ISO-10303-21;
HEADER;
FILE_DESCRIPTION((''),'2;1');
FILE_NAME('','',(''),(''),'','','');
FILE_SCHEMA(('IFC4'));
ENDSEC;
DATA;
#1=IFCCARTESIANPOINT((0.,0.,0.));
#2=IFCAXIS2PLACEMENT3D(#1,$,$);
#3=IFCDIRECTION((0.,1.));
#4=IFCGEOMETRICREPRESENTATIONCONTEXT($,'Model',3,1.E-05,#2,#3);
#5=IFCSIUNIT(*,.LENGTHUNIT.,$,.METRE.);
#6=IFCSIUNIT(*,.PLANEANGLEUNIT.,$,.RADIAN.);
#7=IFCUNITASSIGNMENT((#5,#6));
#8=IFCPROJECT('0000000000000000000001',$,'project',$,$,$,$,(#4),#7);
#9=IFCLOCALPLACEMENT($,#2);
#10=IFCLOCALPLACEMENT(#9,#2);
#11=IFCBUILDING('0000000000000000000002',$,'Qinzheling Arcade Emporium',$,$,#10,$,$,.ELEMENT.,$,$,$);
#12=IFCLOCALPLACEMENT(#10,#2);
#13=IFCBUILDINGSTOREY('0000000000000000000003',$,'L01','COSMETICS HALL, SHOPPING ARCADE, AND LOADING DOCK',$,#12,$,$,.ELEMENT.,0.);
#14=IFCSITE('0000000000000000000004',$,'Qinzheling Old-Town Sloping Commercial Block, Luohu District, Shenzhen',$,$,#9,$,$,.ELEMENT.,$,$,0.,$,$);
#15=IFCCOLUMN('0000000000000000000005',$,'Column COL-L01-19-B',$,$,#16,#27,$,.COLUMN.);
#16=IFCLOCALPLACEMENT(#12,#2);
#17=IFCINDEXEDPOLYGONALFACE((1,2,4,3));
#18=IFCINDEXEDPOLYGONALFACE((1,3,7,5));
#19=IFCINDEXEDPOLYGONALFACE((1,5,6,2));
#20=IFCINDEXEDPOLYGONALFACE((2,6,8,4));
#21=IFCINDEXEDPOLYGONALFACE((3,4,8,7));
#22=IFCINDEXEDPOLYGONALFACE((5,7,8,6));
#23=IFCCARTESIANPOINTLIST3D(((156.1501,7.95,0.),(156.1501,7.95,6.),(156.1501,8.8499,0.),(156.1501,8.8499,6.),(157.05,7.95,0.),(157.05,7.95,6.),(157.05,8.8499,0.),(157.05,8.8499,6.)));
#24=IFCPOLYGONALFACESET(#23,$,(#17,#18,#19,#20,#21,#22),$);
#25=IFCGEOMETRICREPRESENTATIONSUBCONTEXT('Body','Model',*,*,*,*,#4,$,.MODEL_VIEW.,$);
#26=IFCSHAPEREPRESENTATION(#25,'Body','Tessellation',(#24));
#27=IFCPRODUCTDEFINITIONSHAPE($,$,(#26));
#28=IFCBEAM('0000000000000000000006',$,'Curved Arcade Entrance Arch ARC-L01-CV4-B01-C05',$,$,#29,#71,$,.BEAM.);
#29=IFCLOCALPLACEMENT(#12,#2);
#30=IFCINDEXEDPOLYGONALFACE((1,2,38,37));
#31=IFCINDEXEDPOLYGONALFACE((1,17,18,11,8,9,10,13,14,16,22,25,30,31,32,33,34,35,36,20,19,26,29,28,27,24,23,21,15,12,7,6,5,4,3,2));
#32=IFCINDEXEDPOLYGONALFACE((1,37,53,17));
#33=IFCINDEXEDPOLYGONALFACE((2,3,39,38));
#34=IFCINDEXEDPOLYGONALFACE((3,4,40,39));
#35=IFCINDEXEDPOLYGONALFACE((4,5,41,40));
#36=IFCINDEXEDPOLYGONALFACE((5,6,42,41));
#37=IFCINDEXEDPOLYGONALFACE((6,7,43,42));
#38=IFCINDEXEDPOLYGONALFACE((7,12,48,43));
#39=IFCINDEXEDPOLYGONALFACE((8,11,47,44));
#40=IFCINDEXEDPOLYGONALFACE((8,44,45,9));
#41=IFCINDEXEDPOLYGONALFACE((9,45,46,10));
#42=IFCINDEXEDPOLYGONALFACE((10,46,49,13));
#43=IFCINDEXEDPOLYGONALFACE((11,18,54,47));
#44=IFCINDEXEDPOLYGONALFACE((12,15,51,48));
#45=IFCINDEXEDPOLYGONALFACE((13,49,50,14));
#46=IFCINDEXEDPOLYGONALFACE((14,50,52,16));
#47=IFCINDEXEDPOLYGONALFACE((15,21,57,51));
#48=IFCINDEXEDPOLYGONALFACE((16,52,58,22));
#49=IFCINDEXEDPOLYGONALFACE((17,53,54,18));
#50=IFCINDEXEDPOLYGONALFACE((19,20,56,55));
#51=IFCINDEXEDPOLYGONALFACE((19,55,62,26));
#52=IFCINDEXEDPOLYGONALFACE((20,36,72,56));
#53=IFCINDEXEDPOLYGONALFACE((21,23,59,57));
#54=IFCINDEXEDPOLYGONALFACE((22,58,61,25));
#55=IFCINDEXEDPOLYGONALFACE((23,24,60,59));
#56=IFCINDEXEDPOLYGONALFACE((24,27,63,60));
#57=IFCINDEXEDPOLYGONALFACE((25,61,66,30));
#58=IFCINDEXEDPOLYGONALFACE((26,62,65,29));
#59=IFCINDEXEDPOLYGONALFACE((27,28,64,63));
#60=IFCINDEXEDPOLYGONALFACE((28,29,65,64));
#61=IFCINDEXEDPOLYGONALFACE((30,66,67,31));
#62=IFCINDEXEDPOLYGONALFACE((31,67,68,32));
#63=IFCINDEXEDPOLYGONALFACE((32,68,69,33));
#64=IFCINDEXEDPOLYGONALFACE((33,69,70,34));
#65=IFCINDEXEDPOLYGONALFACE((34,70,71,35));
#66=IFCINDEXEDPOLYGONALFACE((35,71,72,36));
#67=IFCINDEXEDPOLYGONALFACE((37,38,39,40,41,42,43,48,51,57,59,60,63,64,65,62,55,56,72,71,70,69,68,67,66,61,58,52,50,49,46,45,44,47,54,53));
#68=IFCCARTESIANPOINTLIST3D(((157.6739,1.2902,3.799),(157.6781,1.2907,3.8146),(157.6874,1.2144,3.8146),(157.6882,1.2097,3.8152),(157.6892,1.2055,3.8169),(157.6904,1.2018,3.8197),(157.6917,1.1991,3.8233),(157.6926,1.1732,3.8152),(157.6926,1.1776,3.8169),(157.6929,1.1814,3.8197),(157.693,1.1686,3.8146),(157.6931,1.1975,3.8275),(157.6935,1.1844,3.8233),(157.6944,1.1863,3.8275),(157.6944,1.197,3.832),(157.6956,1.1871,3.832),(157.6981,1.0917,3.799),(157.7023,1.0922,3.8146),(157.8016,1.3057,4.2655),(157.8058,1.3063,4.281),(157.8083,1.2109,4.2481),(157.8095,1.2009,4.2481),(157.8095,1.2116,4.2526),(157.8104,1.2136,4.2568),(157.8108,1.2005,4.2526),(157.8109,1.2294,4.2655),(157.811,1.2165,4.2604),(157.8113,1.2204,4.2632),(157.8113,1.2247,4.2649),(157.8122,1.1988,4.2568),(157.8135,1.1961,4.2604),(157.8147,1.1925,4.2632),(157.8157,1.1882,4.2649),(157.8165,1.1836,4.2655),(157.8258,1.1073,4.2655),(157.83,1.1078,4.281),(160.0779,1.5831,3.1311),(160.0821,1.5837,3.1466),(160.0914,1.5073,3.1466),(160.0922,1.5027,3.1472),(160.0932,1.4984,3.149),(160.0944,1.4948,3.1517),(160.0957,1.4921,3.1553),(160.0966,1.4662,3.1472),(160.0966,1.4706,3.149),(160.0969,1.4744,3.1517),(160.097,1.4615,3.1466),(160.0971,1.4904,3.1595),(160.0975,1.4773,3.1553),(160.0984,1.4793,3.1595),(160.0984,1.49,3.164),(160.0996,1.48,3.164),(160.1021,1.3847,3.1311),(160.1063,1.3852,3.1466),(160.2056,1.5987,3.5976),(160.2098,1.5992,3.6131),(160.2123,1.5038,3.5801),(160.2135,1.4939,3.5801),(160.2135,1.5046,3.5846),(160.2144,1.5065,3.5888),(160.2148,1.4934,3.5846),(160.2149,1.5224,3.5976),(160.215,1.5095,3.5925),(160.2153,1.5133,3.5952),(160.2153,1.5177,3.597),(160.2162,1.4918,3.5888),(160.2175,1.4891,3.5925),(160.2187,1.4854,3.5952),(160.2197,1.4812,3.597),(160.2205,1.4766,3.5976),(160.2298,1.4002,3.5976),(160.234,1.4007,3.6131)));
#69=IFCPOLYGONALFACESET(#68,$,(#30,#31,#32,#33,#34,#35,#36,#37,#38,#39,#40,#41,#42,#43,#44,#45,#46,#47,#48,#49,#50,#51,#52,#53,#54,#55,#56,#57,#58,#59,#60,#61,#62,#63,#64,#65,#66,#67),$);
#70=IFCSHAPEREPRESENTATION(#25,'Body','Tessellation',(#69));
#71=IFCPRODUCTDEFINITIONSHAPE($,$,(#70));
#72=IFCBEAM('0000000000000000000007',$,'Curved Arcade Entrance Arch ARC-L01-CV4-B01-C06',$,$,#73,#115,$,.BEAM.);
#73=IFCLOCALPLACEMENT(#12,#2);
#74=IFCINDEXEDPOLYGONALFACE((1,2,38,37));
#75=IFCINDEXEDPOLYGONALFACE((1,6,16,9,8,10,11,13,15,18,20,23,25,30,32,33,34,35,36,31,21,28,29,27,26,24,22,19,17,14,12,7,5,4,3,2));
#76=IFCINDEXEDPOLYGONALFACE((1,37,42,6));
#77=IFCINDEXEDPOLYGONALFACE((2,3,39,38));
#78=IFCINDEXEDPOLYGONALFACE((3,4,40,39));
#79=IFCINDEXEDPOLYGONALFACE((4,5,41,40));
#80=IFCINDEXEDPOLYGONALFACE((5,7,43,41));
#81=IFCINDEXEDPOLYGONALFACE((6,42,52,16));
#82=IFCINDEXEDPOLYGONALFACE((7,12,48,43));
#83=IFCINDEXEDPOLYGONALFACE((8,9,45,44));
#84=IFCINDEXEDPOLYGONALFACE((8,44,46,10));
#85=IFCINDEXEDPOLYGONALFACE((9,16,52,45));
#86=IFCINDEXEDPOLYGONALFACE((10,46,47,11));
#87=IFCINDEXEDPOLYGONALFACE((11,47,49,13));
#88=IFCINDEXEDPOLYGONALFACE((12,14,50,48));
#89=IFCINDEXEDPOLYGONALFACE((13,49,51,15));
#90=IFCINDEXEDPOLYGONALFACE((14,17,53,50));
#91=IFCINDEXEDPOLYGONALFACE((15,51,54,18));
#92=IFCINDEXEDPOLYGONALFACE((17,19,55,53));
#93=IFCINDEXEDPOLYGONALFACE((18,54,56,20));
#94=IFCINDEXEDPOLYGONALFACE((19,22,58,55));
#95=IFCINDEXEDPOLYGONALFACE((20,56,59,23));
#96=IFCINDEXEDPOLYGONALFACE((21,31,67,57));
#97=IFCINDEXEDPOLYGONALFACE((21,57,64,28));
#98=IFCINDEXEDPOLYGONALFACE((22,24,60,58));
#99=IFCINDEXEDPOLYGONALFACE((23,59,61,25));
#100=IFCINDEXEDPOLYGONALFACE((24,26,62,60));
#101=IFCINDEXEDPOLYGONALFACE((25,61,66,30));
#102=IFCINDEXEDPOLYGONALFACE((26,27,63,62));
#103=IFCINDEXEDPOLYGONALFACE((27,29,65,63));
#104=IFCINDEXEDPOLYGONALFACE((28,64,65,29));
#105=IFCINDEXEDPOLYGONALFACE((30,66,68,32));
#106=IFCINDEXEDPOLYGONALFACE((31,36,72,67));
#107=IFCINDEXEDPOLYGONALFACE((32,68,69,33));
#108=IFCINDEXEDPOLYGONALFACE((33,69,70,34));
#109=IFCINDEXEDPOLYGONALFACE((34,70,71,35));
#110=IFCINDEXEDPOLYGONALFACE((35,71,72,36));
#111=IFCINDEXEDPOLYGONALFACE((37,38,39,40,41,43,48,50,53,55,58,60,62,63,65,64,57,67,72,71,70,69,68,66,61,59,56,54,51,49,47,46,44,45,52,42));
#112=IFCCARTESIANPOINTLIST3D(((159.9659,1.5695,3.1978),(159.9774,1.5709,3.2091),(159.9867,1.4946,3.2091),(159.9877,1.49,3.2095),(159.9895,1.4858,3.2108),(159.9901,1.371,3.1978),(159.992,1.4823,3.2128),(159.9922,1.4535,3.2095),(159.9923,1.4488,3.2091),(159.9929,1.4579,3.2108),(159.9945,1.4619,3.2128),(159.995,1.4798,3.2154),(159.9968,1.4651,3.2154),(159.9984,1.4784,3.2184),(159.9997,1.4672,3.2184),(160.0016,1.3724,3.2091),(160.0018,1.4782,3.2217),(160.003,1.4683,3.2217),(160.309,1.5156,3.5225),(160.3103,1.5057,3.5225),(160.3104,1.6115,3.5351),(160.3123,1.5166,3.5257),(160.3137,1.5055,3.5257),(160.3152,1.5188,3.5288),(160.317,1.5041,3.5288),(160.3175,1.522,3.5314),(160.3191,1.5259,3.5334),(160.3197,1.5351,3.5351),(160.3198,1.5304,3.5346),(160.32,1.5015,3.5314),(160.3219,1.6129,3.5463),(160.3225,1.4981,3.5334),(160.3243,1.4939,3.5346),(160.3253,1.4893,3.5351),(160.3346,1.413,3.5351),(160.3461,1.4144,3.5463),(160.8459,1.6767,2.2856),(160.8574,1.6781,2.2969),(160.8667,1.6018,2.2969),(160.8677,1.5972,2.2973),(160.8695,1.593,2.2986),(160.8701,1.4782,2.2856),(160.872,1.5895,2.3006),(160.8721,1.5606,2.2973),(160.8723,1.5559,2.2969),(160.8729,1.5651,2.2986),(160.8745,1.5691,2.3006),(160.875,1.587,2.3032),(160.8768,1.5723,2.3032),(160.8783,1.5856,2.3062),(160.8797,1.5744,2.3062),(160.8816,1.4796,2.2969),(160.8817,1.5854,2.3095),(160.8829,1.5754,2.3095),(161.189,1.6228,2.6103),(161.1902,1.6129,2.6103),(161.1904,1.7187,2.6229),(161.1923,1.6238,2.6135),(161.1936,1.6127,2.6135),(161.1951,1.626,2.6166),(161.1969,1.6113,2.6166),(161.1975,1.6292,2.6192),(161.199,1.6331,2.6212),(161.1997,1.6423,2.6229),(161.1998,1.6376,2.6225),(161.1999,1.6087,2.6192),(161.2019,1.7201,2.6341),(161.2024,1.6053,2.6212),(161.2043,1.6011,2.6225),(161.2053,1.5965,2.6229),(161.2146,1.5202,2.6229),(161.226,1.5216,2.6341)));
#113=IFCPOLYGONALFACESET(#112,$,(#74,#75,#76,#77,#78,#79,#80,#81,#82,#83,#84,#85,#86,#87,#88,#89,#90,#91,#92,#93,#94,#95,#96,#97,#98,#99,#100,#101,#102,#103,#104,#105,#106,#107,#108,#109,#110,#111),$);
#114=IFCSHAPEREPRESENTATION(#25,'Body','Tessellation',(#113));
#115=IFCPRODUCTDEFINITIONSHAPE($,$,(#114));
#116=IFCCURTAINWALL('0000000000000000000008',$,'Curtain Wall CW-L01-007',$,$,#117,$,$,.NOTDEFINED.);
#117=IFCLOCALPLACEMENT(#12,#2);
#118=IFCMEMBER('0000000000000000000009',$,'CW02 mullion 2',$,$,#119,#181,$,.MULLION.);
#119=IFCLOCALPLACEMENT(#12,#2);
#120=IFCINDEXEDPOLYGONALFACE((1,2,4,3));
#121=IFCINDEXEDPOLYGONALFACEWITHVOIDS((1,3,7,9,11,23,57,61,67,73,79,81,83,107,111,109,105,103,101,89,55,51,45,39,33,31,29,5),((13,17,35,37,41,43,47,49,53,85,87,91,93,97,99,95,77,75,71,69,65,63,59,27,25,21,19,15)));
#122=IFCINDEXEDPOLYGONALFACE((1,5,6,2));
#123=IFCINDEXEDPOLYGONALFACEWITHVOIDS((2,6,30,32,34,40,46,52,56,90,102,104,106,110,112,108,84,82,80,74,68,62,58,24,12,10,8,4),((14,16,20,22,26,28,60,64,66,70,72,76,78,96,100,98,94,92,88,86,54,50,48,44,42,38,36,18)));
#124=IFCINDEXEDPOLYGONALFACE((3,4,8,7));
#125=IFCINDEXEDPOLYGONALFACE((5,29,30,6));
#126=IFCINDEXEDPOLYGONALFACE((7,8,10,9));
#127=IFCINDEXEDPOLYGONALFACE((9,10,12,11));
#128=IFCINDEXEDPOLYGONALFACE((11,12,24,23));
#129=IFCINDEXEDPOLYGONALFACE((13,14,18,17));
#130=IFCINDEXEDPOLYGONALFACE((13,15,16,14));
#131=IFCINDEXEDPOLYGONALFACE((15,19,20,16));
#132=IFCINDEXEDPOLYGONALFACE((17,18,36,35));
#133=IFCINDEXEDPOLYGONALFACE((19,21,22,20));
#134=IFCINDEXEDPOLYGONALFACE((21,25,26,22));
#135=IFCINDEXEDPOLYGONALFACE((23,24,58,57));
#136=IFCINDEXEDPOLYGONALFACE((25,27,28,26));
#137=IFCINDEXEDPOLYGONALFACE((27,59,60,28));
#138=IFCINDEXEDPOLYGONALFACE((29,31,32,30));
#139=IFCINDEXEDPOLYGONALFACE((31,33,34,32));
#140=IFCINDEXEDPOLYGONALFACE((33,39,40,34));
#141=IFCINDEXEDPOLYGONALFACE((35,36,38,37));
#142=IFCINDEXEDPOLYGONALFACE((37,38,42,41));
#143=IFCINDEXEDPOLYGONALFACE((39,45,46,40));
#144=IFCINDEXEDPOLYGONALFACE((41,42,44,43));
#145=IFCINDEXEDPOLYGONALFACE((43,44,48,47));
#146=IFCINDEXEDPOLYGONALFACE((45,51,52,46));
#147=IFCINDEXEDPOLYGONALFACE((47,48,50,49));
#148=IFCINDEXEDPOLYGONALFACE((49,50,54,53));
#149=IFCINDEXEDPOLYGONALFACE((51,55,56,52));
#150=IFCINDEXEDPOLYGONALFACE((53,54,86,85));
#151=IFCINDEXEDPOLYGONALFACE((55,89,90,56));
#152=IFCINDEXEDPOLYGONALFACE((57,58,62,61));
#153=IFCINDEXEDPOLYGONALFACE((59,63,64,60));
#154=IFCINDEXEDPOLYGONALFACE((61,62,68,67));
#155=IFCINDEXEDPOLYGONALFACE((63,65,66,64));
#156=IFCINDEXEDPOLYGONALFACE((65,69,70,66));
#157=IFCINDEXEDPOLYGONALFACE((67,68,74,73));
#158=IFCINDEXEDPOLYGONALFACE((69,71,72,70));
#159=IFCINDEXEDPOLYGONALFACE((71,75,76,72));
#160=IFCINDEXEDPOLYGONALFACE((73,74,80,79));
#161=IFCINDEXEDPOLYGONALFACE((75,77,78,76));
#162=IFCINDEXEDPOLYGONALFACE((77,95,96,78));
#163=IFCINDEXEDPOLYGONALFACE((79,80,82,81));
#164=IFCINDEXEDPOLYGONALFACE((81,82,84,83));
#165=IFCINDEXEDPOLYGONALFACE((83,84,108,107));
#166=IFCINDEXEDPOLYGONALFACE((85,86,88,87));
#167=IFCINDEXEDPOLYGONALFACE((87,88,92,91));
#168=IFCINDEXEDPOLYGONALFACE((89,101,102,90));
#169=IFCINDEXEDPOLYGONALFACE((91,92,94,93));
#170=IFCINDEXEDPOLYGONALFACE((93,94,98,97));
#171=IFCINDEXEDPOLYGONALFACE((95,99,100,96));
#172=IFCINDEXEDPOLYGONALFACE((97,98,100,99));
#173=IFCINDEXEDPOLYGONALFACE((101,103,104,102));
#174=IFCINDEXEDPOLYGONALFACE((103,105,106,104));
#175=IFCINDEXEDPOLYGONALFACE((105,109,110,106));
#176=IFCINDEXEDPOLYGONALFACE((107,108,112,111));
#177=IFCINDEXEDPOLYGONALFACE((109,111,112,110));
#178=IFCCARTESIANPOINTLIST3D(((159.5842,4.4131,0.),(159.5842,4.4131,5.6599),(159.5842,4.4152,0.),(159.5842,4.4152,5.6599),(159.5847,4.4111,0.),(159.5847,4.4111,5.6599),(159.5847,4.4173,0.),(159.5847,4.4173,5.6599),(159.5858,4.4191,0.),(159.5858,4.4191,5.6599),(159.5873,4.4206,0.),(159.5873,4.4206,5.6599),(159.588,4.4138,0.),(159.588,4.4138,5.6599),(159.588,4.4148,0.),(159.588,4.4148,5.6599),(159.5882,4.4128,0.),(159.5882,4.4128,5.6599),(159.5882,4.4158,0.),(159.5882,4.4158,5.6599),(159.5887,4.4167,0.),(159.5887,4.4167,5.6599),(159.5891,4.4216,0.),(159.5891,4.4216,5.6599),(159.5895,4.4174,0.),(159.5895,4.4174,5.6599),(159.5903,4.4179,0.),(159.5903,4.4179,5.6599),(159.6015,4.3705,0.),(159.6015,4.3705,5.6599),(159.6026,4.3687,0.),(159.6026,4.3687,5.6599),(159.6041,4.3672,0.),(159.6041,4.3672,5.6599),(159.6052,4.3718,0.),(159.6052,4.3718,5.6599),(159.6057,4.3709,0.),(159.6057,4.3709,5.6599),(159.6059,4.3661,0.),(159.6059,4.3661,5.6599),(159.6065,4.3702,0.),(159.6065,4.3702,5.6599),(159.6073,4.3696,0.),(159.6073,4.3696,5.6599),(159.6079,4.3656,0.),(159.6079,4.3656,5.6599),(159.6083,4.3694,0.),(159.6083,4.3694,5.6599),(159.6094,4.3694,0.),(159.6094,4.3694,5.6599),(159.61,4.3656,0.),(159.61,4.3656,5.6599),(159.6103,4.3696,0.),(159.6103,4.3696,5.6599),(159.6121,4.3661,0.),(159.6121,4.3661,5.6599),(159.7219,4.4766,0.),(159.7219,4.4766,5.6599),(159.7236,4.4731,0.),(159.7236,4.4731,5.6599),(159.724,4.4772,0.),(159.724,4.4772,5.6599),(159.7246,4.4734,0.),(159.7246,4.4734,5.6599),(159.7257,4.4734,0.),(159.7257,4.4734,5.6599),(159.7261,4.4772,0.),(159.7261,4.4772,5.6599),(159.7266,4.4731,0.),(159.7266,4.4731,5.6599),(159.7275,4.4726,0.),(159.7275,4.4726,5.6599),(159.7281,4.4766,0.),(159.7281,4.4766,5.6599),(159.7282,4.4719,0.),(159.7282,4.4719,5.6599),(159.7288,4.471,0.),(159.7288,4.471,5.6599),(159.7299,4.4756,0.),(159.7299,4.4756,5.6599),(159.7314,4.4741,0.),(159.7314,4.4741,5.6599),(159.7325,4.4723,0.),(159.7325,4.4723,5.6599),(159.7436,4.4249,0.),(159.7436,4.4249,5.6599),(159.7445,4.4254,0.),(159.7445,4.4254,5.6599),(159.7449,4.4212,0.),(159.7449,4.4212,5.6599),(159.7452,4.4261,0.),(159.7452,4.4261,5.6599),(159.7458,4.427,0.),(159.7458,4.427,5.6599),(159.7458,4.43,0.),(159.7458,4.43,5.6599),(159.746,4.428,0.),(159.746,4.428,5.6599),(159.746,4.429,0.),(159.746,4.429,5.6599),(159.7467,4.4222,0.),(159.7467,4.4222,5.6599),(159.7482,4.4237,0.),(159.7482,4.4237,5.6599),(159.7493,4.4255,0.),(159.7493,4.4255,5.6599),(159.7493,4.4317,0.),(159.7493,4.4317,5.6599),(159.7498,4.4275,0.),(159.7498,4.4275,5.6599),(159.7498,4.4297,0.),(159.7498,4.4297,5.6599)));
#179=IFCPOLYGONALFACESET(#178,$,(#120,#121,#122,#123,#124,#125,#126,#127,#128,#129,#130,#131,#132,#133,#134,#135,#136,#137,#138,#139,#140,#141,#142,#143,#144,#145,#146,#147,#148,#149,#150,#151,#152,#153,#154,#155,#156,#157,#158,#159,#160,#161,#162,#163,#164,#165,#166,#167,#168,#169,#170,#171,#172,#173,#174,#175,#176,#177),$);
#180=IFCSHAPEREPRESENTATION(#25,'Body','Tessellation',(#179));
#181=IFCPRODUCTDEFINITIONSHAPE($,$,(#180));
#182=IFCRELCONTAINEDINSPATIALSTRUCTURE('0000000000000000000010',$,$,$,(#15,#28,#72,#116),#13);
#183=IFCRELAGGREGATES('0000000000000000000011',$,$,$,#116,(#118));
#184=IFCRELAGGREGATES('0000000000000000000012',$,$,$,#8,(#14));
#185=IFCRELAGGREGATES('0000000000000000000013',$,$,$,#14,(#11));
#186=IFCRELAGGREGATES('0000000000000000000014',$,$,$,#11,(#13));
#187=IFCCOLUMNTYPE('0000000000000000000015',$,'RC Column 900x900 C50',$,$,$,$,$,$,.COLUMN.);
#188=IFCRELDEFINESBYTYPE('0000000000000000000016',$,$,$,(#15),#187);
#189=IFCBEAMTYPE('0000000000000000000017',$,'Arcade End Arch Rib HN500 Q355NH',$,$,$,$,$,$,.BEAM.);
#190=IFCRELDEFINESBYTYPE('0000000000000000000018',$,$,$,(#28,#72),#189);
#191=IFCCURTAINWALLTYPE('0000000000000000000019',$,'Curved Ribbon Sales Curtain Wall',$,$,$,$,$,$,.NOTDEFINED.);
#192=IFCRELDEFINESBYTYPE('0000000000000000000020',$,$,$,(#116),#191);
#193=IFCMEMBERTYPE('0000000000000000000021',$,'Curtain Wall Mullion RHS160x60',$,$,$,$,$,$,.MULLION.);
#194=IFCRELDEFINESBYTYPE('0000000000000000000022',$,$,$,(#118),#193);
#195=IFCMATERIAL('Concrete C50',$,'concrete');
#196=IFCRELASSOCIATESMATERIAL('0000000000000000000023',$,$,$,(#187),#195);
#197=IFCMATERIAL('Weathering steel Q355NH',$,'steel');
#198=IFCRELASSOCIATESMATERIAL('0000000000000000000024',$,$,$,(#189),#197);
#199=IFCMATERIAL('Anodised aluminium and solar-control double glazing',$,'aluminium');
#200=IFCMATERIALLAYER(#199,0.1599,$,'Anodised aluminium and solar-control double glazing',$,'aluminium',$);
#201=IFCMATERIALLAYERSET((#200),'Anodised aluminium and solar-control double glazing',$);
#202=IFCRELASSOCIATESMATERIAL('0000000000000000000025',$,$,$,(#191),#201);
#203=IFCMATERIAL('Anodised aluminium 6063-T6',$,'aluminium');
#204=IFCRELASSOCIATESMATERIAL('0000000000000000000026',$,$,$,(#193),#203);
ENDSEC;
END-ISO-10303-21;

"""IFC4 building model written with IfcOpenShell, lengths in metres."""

from ifc_helpers import new_model, si_unit, direction, frame, origin, origin_2d, place, context, subcontext, project, spatial, rectangle, hollow_rectangle, i_section, extrude, material, layer, layer_set, material_profile, profile_set, type_object, element, aggregate, save


model = new_model("IFC4")

# Units and contexts
model_context = context("Model", 3, precision=1e-05, world=origin(), true_north=direction((0.0, 1.0)))
body_context = subcontext(model_context, "Body", "Model", "MODEL_VIEW")
ifc_project = project(units=[si_unit("LENGTHUNIT", "METRE"), si_unit("PLANEANGLEUNIT", "RADIAN")], contexts=[model_context])

# Site, building, storey
site_placement = place(None, origin())
site = spatial("IfcSite", under=ifc_project, at=site_placement, Name="Qinzheling Old-Town Sloping Commercial Block, Luohu District, Shenzhen", CompositionType="ELEMENT", RefElevation=0.0)
building_placement = place(site_placement, origin())
building = spatial("IfcBuilding", under=site, at=building_placement, Name="Qinzheling Arcade Emporium", CompositionType="ELEMENT")
storey_placement = place(building_placement, origin())
storey = spatial("IfcBuildingStorey", under=building, at=storey_placement, Name="L01", Description="COSMETICS HALL, SHOPPING ARCADE, AND LOADING DOCK", CompositionType="ELEMENT", Elevation=0.0)

# Column
ifc_material_1 = material(Name="Concrete C50", Category="concrete")
ifc_material_profile_1 = material_profile(ifc_material_1, rectangle(XDim=0.8999, YDim=0.8999, at=origin_2d()), Name="RC 900x900", Category="concrete")
ifc_profile_set_1 = profile_set([ifc_material_profile_1], Name="Concrete C50")
column_type = type_object("IfcColumnType", Name="RC Column 900x900 C50", PredefinedType="COLUMN", material=ifc_profile_set_1)
column_placement = place(storey_placement, frame((156.6001, 8.3999, 0.0), z_axis=(0.0, 0.0, 1.0), x_axis=(1.0, 0.0, 0.0)))
element("IfcColumn", 1, at=column_placement, inside=storey, type_object=column_type, Name="Column COL-L01-19-B", PredefinedType="COLUMN", context=body_context, shape_type="SweptSolid", body=[
    extrude(rectangle(XDim=0.8999, YDim=0.8999, at=origin_2d()), origin(), (0.0, 0.0, 1.0), 6.0),
])

# Beams
ifc_material_2 = material(Name="Weathering steel Q355NH", Category="steel")
ifc_material_profile_2 = material_profile(ifc_material_2, i_section(OverallWidth=0.2, OverallDepth=0.5, WebThickness=0.01, FlangeThickness=0.0161, FilletRadius=0.0181, at=origin_2d()), Name="HN 500x200x10x16", Category="steel")
ifc_profile_set_2 = profile_set([ifc_material_profile_2], Name="Weathering steel Q355NH")
beam_type_1 = type_object("IfcBeamType", Name="Arcade End Arch Rib HN500 Q355NH", PredefinedType="BEAM", material=ifc_profile_set_2)
beam_1_placement = place(storey_placement, frame((157.752, 1.199, 4.04), z_axis=(0.956926, 0.116615, -0.265883), x_axis=(-0.12097, 0.992656, 0.0)))
element("IfcBeam", 2, at=beam_1_placement, inside=storey, type_object=beam_type_1, Name="Curved Arcade Entrance Arch ARC-L01-CV4-B01-C05", PredefinedType="BEAM", context=body_context, shape_type="SweptSolid", body=[
    extrude(i_section(OverallWidth=0.2, OverallDepth=0.5, WebThickness=0.01, FlangeThickness=0.0161, FilletRadius=0.0181, at=origin_2d()), origin(), (0.0, 0.0, 1.0), 2.5122),
])
beam_2_placement = place(storey_placement, frame((160.156, 1.4919, 3.3721), z_axis=(0.691809, 0.084269, -0.717147), x_axis=(-0.120915, 0.992663, 0.0)))
element("IfcBeam", 3, at=beam_2_placement, inside=storey, type_object=beam_type_1, Name="Curved Arcade Entrance Arch ARC-L01-CV4-B01-C06", PredefinedType="BEAM", context=body_context, shape_type="SweptSolid", body=[
    extrude(i_section(OverallWidth=0.2, OverallDepth=0.5, WebThickness=0.01, FlangeThickness=0.0161, FilletRadius=0.0181, at=origin_2d()), origin(), (0.0, 0.0, 1.0), 1.272),
])

# Curtain wall, member
ifc_material_3 = material(Name="Anodised aluminium and solar-control double glazing", Category="aluminium")
ifc_layer_1 = layer(ifc_material_3, 0.1599, Name="Anodised aluminium and solar-control double glazing", Category="aluminium")
ifc_layer_set_1 = layer_set([ifc_layer_1], Name="Anodised aluminium and solar-control double glazing")
curtain_wall_type = type_object("IfcCurtainWallType", Name="Curved Ribbon Sales Curtain Wall", PredefinedType="NOTDEFINED", material=ifc_layer_set_1)
curtain_wall_1_placement = place(storey_placement, origin())
curtain_wall_1 = element("IfcCurtainWall", 4, at=curtain_wall_1_placement, inside=storey, type_object=curtain_wall_type, Name="Curtain Wall CW-L01-007", PredefinedType="NOTDEFINED")
ifc_material_4 = material(Name="Anodised aluminium 6063-T6", Category="aluminium")
ifc_material_profile_3 = material_profile(ifc_material_4, hollow_rectangle(XDim=0.0601, YDim=0.1599, WallThickness=0.0039, InnerFilletRadius=0.0039, OuterFilletRadius=0.0081, at=origin_2d()), Name="RHS 160x60x4", Category="aluminium")
ifc_profile_set_3 = profile_set([ifc_material_profile_3], Name="Anodised aluminium 6063-T6")
member_type_1 = type_object("IfcMemberType", Name="Curtain Wall Mullion RHS160x60", PredefinedType="MULLION", material=ifc_profile_set_3)
member_1_placement = place(storey_placement, frame((159.667, 4.4214, 0.0), z_axis=(0.0, 0.0, 1.0), x_axis=(0.382654, -0.923892, 0.0)))
member_1 = element("IfcMember", 5, at=member_1_placement, type_object=member_type_1, Name="CW02 mullion 2", PredefinedType="MULLION", context=body_context, shape_type="SweptSolid", body=[
    extrude(hollow_rectangle(XDim=0.0601, YDim=0.1599, WallThickness=0.0039, InnerFilletRadius=0.0039, OuterFilletRadius=0.0081, at=origin_2d()), origin(), (0.0, 0.0, 1.0), 5.6599),
])

aggregate(curtain_wall_1, [member_1])

save(model, "model.ifc")
